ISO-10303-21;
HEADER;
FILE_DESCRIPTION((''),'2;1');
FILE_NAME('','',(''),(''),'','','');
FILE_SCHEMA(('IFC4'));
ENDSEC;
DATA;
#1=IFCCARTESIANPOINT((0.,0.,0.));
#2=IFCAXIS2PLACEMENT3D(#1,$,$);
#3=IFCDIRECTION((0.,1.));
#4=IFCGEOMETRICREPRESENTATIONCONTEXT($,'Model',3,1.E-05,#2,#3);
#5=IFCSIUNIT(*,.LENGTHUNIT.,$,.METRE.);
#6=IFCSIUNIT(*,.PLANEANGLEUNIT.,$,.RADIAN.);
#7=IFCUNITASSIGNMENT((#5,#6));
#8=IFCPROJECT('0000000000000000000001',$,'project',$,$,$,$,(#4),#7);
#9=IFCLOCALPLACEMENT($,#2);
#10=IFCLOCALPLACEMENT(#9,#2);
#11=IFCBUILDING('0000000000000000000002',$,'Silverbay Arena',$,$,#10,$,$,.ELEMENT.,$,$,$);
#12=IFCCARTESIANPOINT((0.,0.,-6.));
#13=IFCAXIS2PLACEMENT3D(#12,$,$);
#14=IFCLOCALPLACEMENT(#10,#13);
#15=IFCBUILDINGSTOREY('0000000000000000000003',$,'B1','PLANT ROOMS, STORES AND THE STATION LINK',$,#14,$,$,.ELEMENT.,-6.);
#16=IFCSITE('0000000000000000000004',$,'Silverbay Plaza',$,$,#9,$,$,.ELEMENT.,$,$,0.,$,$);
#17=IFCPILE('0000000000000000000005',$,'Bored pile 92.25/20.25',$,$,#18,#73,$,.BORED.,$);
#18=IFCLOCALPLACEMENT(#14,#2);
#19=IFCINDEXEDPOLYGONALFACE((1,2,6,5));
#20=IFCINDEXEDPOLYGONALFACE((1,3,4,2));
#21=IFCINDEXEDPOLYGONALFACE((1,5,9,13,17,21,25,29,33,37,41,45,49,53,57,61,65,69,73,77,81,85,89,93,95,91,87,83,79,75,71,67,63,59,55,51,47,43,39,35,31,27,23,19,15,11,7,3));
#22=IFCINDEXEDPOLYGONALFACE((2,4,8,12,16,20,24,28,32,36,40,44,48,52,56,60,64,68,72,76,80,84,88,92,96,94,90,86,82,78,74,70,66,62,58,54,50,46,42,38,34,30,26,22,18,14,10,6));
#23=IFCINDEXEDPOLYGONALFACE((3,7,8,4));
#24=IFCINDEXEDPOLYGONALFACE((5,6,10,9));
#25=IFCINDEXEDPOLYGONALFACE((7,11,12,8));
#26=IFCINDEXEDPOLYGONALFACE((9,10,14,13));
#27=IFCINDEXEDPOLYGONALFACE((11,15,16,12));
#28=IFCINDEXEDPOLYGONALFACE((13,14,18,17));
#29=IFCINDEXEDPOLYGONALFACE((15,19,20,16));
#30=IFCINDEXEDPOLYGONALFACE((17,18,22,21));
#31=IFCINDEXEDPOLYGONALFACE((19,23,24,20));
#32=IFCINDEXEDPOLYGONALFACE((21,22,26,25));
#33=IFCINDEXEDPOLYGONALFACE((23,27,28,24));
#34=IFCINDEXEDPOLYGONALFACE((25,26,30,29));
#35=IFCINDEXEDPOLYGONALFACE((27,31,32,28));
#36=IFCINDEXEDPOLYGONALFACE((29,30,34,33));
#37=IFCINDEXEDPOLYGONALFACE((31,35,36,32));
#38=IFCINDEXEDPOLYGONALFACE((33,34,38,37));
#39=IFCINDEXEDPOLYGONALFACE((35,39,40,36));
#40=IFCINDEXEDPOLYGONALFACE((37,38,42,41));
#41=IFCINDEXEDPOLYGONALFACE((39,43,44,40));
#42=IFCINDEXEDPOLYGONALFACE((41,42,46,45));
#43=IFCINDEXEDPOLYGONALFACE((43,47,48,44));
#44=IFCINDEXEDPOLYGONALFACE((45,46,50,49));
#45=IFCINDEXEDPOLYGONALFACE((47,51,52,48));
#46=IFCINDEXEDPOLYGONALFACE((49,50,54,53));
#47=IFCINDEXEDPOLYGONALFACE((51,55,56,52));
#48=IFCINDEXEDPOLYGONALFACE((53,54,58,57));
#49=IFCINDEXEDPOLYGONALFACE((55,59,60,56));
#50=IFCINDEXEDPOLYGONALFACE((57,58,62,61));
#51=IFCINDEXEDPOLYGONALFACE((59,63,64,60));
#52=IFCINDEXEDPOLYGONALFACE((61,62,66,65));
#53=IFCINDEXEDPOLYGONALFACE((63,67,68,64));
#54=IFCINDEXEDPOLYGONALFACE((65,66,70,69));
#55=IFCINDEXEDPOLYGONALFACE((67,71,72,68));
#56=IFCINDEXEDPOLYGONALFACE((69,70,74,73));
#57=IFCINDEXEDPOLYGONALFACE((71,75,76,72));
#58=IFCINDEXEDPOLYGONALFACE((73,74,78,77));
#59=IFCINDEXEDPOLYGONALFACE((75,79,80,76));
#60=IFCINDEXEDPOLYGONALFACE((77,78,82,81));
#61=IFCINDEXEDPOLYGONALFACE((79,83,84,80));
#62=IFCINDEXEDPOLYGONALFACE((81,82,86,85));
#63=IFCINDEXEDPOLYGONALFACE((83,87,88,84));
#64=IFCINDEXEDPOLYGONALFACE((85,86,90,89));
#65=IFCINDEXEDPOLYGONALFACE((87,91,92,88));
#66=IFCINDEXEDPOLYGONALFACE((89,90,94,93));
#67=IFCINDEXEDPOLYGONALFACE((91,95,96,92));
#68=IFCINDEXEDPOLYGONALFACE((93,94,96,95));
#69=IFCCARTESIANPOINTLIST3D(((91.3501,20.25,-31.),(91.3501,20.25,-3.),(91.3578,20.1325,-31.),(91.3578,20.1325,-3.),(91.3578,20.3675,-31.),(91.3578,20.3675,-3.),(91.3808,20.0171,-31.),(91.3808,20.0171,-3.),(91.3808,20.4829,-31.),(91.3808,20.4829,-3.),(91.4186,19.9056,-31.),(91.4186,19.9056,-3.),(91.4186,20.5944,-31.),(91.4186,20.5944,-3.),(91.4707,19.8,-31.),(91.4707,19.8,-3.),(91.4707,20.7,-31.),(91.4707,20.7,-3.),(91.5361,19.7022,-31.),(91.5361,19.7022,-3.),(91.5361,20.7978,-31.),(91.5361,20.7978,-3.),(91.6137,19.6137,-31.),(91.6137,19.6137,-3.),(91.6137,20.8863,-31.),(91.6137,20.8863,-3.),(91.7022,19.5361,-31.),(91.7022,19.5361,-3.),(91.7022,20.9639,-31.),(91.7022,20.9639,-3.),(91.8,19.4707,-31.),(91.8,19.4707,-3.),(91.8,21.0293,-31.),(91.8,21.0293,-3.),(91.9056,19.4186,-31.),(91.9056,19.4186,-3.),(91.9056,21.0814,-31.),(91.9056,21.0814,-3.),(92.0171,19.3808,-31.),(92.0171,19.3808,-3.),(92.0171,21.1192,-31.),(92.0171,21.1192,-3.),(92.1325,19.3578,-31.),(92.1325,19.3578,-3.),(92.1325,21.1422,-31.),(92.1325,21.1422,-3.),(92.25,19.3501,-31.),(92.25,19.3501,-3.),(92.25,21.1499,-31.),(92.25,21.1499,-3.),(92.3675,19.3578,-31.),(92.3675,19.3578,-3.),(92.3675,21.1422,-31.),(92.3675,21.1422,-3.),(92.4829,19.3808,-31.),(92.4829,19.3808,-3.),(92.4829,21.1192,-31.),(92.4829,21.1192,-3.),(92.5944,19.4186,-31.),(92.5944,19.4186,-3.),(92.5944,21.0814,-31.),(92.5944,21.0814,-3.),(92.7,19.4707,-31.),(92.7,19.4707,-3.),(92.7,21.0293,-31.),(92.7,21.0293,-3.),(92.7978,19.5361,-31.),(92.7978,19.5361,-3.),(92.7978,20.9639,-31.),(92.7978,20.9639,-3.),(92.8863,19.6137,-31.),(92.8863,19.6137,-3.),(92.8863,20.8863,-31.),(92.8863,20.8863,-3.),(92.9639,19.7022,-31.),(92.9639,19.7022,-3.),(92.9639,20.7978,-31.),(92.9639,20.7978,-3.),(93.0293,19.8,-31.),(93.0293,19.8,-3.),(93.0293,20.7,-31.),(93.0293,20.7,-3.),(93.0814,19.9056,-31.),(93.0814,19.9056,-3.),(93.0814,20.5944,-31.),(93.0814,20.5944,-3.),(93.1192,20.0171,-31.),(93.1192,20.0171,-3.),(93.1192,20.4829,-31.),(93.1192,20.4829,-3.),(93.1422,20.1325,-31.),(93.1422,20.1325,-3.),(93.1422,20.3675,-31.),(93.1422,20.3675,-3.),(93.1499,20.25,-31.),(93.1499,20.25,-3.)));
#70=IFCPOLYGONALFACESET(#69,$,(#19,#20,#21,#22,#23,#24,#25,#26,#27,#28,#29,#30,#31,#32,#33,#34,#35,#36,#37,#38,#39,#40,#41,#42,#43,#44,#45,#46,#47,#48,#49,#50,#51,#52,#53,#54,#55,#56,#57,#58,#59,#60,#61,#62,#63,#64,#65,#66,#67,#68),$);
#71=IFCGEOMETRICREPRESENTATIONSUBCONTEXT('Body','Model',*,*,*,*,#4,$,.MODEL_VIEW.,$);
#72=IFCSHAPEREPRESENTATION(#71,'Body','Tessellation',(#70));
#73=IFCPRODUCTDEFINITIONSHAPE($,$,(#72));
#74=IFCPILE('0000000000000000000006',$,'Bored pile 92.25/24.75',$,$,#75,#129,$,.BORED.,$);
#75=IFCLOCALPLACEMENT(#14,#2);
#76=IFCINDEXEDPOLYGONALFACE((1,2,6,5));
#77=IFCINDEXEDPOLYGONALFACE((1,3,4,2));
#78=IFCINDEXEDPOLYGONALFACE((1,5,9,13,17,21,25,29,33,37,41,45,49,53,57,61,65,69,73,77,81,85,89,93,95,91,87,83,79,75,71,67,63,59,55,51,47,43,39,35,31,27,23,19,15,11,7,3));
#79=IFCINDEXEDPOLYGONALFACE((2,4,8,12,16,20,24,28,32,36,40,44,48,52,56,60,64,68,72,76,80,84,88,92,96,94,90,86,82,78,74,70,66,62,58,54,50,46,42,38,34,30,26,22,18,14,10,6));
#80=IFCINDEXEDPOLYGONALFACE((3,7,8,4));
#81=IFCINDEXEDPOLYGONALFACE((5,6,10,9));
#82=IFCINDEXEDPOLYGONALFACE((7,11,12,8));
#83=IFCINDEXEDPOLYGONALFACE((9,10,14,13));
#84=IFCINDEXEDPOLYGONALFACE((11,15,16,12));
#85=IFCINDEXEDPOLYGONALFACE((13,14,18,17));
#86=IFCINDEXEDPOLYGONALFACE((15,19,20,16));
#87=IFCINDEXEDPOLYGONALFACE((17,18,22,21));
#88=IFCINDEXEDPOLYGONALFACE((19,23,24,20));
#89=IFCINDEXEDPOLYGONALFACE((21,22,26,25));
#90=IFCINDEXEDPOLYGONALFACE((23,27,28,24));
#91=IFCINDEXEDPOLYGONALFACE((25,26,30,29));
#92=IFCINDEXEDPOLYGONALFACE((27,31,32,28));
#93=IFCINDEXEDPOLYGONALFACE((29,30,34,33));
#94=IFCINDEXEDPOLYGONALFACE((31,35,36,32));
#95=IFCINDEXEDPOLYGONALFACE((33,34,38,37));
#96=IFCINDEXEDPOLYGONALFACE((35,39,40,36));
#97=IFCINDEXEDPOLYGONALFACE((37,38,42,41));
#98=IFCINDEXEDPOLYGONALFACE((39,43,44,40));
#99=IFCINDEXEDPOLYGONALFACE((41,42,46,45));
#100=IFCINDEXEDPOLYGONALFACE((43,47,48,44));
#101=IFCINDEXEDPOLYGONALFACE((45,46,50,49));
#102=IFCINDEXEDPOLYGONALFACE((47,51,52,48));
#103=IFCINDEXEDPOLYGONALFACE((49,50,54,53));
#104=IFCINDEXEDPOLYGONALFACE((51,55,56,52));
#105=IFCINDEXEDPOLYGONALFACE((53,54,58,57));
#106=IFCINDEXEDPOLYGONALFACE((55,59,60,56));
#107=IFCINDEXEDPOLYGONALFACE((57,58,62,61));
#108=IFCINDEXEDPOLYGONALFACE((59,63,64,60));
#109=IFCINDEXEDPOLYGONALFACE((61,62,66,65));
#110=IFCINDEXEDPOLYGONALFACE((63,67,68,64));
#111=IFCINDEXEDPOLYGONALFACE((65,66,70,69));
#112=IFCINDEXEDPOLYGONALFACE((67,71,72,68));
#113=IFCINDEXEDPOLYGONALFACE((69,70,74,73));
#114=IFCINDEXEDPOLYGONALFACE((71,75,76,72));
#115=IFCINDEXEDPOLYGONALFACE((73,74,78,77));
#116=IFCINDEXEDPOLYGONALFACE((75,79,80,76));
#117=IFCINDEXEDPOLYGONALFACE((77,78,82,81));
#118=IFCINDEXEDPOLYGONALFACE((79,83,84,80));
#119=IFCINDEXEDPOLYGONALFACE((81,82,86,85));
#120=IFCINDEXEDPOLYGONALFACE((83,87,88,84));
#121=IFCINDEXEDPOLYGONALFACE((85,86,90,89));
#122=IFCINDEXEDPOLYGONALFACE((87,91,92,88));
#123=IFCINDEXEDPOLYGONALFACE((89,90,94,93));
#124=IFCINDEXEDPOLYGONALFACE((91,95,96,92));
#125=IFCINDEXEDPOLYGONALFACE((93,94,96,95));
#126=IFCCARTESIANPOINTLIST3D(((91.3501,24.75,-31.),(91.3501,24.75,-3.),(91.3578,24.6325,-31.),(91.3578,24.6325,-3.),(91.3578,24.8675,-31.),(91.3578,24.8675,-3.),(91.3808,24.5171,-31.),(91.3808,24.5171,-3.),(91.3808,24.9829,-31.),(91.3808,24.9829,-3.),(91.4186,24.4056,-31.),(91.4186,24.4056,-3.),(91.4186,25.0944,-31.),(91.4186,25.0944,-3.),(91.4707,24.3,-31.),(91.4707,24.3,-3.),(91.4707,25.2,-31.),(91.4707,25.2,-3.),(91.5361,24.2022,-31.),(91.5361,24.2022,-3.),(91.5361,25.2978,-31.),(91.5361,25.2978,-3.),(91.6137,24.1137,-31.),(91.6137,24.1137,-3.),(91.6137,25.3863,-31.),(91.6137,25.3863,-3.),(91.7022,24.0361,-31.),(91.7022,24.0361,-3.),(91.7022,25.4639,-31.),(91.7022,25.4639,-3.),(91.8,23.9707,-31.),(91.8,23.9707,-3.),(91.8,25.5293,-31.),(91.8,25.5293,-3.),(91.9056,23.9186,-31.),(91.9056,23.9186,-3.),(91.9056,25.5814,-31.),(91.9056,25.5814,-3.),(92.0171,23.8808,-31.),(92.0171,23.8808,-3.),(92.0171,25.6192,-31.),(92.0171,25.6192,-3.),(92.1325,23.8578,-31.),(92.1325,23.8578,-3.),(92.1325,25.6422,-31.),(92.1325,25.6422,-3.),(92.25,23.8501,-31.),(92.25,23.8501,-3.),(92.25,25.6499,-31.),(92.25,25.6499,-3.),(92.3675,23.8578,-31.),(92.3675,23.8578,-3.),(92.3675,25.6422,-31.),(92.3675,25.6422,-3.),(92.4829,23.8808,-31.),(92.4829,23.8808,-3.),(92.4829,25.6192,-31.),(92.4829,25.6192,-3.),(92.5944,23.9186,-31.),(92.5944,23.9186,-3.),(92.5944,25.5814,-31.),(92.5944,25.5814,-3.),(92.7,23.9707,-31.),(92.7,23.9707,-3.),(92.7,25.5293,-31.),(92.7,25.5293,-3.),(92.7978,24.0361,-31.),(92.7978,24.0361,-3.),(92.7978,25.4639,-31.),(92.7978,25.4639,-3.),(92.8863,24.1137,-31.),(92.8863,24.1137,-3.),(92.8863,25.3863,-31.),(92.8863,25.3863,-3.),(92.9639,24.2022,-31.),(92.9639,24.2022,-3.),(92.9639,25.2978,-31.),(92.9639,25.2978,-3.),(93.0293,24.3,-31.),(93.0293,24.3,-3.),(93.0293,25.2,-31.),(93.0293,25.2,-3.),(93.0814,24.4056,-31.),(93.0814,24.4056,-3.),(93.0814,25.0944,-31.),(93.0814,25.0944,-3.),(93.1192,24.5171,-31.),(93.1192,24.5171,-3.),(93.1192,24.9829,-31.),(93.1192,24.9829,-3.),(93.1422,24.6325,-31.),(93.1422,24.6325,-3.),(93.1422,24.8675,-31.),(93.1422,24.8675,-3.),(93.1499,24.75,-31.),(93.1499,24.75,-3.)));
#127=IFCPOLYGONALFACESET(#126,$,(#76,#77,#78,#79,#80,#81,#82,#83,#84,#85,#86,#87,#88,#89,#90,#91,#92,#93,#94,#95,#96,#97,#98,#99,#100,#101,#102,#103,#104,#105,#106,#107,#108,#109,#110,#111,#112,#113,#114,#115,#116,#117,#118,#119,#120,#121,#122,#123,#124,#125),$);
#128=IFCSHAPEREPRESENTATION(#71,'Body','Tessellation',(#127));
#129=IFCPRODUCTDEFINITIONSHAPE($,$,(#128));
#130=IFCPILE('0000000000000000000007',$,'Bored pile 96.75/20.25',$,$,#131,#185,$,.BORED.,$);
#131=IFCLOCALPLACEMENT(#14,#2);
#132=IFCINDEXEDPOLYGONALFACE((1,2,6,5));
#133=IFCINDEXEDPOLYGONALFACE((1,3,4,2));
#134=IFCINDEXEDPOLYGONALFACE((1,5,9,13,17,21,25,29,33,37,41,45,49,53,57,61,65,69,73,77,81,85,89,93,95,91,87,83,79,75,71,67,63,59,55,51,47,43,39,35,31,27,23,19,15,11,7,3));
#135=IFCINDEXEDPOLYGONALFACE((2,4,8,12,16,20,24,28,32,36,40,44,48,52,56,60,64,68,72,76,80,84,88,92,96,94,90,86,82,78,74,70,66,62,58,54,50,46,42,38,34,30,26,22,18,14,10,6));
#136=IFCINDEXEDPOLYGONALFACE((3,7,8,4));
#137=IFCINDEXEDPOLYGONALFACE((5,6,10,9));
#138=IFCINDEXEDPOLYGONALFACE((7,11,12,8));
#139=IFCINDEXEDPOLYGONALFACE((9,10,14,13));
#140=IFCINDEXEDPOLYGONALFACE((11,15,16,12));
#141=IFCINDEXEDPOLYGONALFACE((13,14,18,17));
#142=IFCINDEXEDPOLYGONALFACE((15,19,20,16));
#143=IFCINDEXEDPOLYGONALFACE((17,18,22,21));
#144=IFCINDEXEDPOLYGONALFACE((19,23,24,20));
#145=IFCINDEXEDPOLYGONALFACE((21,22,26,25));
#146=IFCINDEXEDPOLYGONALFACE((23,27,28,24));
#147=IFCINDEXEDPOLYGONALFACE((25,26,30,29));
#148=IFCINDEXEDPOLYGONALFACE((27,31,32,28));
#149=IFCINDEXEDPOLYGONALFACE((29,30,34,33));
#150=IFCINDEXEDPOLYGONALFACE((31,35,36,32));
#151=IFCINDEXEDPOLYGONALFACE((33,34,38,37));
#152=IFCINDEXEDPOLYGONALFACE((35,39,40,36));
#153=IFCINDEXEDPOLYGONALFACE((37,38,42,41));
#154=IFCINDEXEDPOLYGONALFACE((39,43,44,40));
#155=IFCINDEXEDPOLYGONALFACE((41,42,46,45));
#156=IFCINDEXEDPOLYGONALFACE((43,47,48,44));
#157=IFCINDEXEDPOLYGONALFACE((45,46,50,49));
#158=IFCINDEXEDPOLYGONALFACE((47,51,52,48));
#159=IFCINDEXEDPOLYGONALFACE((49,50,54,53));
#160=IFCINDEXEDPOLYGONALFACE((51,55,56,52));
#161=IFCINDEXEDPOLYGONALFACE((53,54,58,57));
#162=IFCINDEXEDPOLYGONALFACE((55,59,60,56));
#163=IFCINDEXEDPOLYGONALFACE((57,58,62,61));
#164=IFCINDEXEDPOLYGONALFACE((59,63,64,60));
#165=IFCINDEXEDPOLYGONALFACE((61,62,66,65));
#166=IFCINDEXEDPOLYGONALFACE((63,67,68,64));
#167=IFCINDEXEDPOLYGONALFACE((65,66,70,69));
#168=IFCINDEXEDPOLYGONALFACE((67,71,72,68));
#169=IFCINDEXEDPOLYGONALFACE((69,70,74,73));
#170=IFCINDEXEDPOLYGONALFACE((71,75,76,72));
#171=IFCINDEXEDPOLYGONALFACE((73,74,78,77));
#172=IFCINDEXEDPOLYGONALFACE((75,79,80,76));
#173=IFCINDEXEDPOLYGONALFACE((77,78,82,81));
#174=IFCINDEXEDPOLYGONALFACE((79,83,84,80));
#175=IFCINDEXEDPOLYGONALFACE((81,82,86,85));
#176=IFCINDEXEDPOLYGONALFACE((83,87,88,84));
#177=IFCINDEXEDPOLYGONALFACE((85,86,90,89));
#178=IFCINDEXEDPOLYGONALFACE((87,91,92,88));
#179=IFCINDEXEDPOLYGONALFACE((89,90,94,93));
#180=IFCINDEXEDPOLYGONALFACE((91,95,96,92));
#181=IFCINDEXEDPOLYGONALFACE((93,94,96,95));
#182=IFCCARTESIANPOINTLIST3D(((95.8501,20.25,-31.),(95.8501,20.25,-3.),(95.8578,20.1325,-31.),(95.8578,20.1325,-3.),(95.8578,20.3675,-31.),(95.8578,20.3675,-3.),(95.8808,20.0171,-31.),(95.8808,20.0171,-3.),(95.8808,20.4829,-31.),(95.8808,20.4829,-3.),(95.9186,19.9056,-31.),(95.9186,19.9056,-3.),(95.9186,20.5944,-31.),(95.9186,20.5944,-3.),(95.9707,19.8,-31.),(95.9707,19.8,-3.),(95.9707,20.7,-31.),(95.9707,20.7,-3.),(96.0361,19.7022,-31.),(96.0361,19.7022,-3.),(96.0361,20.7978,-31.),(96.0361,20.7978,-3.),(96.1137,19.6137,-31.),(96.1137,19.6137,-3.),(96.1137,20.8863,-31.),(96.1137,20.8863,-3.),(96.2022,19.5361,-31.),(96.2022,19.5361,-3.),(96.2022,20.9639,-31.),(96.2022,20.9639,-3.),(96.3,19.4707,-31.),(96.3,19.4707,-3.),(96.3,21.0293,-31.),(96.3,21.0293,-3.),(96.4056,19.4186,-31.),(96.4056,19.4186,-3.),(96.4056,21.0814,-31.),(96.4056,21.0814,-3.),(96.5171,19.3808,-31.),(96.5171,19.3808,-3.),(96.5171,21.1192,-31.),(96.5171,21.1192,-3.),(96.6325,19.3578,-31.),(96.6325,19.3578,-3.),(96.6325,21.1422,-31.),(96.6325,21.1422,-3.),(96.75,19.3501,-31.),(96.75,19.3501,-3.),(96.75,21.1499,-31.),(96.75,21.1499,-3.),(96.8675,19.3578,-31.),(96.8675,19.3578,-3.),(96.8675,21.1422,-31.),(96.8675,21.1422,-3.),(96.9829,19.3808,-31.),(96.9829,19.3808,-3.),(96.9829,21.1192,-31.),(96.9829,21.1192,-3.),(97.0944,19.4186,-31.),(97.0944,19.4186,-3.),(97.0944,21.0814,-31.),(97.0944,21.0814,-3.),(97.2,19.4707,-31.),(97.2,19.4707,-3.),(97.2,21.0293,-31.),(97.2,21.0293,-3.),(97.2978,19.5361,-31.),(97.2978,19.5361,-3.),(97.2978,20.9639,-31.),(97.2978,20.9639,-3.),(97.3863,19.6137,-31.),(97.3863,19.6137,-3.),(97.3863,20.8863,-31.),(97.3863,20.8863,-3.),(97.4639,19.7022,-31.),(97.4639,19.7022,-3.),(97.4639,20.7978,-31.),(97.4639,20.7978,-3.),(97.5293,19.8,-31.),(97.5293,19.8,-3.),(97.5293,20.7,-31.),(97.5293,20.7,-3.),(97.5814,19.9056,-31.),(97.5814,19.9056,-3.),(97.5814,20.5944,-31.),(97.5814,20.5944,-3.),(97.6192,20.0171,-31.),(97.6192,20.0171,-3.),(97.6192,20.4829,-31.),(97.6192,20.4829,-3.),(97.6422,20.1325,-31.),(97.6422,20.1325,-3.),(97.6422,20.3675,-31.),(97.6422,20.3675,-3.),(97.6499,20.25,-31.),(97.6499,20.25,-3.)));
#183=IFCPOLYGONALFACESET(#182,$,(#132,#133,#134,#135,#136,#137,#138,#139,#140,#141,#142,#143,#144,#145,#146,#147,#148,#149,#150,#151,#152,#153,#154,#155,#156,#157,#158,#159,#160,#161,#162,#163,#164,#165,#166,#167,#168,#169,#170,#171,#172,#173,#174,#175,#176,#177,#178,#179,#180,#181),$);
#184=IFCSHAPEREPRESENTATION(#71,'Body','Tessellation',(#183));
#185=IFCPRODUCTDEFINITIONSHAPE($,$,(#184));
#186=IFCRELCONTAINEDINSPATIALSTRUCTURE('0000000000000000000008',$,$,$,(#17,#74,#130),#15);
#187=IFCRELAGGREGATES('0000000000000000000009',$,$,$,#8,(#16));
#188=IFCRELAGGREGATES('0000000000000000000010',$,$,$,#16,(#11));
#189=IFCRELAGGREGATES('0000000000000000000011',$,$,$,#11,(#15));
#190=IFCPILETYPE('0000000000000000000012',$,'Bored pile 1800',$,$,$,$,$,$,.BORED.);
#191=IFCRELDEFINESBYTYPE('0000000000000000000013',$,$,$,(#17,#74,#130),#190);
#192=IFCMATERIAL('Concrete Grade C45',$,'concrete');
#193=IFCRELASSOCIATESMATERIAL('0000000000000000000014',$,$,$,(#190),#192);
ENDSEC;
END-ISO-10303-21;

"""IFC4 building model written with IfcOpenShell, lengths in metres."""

from ifc_helpers import new_model, si_unit, direction, frame, origin, origin_2d, place, context, subcontext, project, spatial, circle, extrude, material, material_profile, profile_set, type_object, element, save


model = new_model("IFC4")

# Units and contexts
model_context = context("Model", 3, precision=1e-05, world=origin(), true_north=direction((0.0, 1.0)))
body_context = subcontext(model_context, "Body", "Model", "MODEL_VIEW")
ifc_project = project(units=[si_unit("LENGTHUNIT", "METRE"), si_unit("PLANEANGLEUNIT", "RADIAN")], contexts=[model_context])

# Site, building, storey
site_placement = place(None, origin())
site = spatial("IfcSite", under=ifc_project, at=site_placement, Name="Silverbay Plaza", CompositionType="ELEMENT", RefElevation=0.0)
building_placement = place(site_placement, origin())
building = spatial("IfcBuilding", under=site, at=building_placement, Name="Silverbay Arena", CompositionType="ELEMENT")
storey_placement = place(building_placement, frame((0.0, 0.0, -6.0)))
storey = spatial("IfcBuildingStorey", under=building, at=storey_placement, Name="B1", Description="PLANT ROOMS, STORES AND THE STATION LINK", CompositionType="ELEMENT", Elevation=-6.0)

# Piles
ifc_material_1 = material(Name="Concrete Grade C45", Category="concrete")
ifc_material_profile_1 = material_profile(ifc_material_1, circle(Radius=0.8999, at=origin_2d()), Name="Bored pile 1800")
ifc_profile_set_1 = profile_set([ifc_material_profile_1], Name="Concrete Grade C45")
pile_type_1 = type_object("IfcPileType", Name="Bored pile 1800", PredefinedType="BORED", material=ifc_profile_set_1)
for number, where, z_axis, x_axis, name in (
    (1, (92.25, 20.25, -3.0), (0.0, 0.0, -1.0), (1.0, 0.0, 0.0), "Bored pile 92.25/20.25"),
    (2, (92.25, 24.75, -3.0), (0.0, 0.0, -1.0), (1.0, 0.0, 0.0), "Bored pile 92.25/24.75"),
    (3, (96.75, 20.25, -3.0), (0.0, 0.0, -1.0), (1.0, 0.0, 0.0), "Bored pile 96.75/20.25"),
):
    element("IfcPile", number, at=place(storey_placement, frame(where, z_axis=z_axis, x_axis=x_axis)), inside=storey, type_object=pile_type_1, Name=name, PredefinedType="BORED", context=body_context, shape_type="SweptSolid", body=[
        extrude(circle(Radius=0.8999, at=origin_2d()), origin(), (0.0, 0.0, 1.0), 28.0),
    ])

save(model, "model.ifc")
